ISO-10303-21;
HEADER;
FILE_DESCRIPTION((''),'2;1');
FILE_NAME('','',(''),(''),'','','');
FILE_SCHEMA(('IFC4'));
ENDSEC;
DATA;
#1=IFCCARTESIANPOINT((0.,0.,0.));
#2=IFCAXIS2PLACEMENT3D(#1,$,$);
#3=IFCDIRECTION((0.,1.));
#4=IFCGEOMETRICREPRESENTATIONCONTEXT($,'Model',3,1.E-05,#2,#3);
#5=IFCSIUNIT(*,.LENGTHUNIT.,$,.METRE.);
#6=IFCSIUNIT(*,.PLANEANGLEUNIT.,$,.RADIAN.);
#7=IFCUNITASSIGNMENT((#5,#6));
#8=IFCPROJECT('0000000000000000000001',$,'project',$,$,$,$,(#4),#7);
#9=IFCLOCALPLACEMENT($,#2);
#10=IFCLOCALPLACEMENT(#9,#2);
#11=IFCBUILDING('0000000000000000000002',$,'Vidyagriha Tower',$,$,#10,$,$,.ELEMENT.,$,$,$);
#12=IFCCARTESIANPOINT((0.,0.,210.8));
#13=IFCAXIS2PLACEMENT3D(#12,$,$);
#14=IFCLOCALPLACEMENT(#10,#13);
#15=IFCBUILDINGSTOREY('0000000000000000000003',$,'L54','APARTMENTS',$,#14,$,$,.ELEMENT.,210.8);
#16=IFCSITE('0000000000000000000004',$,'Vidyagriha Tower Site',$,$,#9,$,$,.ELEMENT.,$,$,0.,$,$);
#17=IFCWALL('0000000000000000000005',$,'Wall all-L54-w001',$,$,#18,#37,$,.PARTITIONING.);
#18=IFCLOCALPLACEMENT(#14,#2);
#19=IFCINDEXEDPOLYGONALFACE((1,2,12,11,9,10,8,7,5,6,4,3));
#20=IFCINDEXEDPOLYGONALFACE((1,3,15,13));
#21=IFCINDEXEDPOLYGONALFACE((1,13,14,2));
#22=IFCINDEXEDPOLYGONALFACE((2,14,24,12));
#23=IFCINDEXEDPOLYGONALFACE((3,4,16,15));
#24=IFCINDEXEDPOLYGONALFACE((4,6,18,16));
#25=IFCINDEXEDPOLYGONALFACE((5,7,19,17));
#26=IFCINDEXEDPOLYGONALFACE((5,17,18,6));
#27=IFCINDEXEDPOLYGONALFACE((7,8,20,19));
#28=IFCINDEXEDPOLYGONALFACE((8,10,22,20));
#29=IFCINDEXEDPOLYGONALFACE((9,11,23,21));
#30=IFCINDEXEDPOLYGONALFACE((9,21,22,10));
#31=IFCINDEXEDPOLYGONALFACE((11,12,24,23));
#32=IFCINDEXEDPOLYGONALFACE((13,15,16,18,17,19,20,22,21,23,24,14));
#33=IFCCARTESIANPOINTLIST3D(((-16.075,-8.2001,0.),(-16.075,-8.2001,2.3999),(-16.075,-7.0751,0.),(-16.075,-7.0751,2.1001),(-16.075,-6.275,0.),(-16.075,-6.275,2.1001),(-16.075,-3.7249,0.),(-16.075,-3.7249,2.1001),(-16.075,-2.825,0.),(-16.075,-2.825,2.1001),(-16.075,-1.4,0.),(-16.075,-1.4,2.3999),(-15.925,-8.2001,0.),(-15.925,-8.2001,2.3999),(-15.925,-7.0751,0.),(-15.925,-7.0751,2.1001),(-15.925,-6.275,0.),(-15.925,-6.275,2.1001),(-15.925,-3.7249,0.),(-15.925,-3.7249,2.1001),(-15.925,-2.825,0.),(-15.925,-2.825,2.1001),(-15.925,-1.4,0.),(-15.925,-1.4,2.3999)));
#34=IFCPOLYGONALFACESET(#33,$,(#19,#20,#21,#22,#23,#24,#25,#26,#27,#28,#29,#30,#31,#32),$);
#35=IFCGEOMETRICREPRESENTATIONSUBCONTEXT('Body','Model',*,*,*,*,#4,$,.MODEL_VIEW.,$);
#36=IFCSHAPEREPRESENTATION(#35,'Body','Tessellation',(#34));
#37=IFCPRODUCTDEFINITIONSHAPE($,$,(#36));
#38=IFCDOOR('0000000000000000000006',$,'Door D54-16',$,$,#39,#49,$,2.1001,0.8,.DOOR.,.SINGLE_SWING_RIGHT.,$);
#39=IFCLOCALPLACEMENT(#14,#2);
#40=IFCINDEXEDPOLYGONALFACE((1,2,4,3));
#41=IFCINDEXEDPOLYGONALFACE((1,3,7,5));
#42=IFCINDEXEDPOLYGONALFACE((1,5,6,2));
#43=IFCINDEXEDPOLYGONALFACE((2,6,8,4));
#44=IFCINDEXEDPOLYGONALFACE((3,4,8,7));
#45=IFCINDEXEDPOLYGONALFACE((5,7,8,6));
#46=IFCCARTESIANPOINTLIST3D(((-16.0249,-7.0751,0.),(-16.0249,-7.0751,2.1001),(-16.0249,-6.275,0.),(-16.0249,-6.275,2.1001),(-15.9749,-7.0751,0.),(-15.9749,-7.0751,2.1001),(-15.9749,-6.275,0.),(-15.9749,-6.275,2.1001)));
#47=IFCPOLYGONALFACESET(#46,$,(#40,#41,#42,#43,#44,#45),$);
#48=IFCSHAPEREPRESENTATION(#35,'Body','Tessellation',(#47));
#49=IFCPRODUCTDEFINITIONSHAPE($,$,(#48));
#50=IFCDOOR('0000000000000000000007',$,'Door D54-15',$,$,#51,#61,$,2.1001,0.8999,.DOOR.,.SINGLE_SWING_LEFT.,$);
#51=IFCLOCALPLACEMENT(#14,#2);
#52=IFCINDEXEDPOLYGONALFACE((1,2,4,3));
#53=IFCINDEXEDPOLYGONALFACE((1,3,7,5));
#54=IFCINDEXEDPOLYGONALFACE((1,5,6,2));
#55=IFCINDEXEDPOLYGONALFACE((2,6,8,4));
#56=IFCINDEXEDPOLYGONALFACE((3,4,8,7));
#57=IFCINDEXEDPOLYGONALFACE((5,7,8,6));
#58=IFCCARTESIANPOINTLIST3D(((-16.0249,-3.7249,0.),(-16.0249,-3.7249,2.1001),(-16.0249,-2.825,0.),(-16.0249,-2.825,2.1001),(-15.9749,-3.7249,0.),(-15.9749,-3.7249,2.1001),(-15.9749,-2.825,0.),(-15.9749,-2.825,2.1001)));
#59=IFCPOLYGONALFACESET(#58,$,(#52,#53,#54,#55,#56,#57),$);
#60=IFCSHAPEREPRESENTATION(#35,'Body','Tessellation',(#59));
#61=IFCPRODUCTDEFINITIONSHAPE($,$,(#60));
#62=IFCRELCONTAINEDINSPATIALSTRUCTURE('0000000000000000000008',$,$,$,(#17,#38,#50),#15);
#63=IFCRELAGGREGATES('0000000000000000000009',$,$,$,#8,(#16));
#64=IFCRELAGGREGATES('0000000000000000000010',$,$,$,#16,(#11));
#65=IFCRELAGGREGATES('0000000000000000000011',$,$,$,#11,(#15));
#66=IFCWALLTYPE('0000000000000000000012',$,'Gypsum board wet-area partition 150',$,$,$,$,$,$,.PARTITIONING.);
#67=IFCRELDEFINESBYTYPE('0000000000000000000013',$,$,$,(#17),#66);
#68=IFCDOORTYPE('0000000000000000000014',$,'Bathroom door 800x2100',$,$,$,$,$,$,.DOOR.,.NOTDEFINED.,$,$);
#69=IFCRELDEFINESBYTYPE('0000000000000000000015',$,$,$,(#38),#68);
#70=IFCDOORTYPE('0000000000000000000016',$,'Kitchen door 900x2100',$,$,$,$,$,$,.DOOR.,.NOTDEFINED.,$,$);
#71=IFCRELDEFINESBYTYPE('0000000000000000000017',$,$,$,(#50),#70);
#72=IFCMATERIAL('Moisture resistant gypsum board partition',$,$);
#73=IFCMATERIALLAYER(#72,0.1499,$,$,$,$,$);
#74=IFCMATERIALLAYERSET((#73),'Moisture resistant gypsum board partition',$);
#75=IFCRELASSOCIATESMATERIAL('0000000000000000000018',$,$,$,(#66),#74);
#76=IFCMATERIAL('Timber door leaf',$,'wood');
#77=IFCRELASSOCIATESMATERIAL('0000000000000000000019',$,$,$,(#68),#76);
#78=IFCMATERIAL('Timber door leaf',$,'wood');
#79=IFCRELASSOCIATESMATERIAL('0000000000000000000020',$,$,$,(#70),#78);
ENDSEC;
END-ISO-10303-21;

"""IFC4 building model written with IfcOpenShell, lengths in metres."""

from ifc_helpers import new_model, si_unit, direction, frame, frame_2d, origin, place, context, subcontext, project, spatial, rectangle, extrude, material, layer, layer_set, type_object, element, fill, save


model = new_model("IFC4")

# Units and contexts
model_context = context("Model", 3, precision=1e-05, world=origin(), true_north=direction((0.0, 1.0)))
body_context = subcontext(model_context, "Body", "Model", "MODEL_VIEW")
ifc_project = project(units=[si_unit("LENGTHUNIT", "METRE"), si_unit("PLANEANGLEUNIT", "RADIAN")], contexts=[model_context])

# Site, building, storey
site_placement = place(None, origin())
site = spatial("IfcSite", under=ifc_project, at=site_placement, Name="Vidyagriha Tower Site", CompositionType="ELEMENT", RefElevation=0.0)
building_placement = place(site_placement, origin())
building = spatial("IfcBuilding", under=site, at=building_placement, Name="Vidyagriha Tower", CompositionType="ELEMENT")
storey_placement = place(building_placement, frame((0.0, 0.0, 210.8)))
storey = spatial("IfcBuildingStorey", under=building, at=storey_placement, Name="L54", Description="APARTMENTS", CompositionType="ELEMENT", Elevation=210.8)

# Wall, openings, doors
ifc_material_1 = material(Name="Moisture resistant gypsum board partition")
ifc_layer_1 = layer(ifc_material_1, 0.1499)
ifc_layer_set_1 = layer_set([ifc_layer_1], Name="Moisture resistant gypsum board partition")
wall_type_1 = type_object("IfcWallType", Name="Gypsum board wet-area partition 150", PredefinedType="PARTITIONING", material=ifc_layer_set_1)
wall_1_placement = place(storey_placement, frame((-16.0, -8.2, 0.0), z_axis=(0.0, 0.0, 1.0), x_axis=(0.0, 1.0, 0.0)))
wall_1 = element("IfcWall", 1, at=wall_1_placement, inside=storey, type_object=wall_type_1, Name="Wall all-L54-w001", PredefinedType="PARTITIONING", context=body_context, shape_type="SweptSolid", body=[
    extrude(rectangle(XDim=6.8, YDim=0.1499, at=frame_2d((3.3999, 0.0))), origin(), (0.0, 0.0, 1.0), 2.3999),
])
opening_1_placement = place(wall_1_placement, frame((4.4751, 0.0, 0.0)))
opening_1 = element("IfcOpeningElement", 2, at=opening_1_placement, cuts=wall_1, PredefinedType="OPENING", context=body_context, shape_type="SweptSolid", body=[
    extrude(rectangle(XDim=0.8999, YDim=2.1001, at=frame_2d((0.45, 1.05))), frame((0.0, 0.085, 0.0), z_axis=(0.0, -1.0, 0.0), x_axis=(1.0, 0.0, 0.0)), (0.0, 0.0, 1.0), 0.1699),
])
opening_2_placement = place(wall_1_placement, frame((1.125, 0.0, 0.0)))
opening_2 = element("IfcOpeningElement", 3, at=opening_2_placement, cuts=wall_1, PredefinedType="OPENING", context=body_context, shape_type="SweptSolid", body=[
    extrude(rectangle(XDim=0.8, YDim=2.1001, at=frame_2d((0.3999, 1.05))), frame((0.0, 0.085, 0.0), z_axis=(0.0, -1.0, 0.0), x_axis=(1.0, 0.0, 0.0)), (0.0, 0.0, 1.0), 0.1699),
])
ifc_material_2 = material(Name="Timber door leaf", Category="wood")
door_type_1 = type_object("IfcDoorType", Name="Bathroom door 800x2100", OperationType="NOTDEFINED", PredefinedType="DOOR", material=ifc_material_2)
door_1_placement = place(opening_2_placement, origin())
door_1 = element("IfcDoor", 4, at=door_1_placement, inside=storey, type_object=door_type_1, Name="Door D54-16", OperationType="SINGLE_SWING_RIGHT", OverallHeight=2.1001, OverallWidth=0.8, PredefinedType="DOOR", context=body_context, shape_type="SweptSolid", body=[
    extrude(rectangle(XDim=0.8, YDim=2.1001, at=frame_2d((0.3999, 1.05))), frame((0.0, 0.0249, 0.0), z_axis=(0.0, -1.0, 0.0), x_axis=(1.0, 0.0, 0.0)), (0.0, 0.0, 1.0), 0.05),
])
fill(opening_2, door_1)
ifc_material_3 = material(Name="Timber door leaf", Category="wood")
door_type_2 = type_object("IfcDoorType", Name="Kitchen door 900x2100", OperationType="NOTDEFINED", PredefinedType="DOOR", material=ifc_material_3)
door_2_placement = place(opening_1_placement, origin())
door_2 = element("IfcDoor", 5, at=door_2_placement, inside=storey, type_object=door_type_2, Name="Door D54-15", OperationType="SINGLE_SWING_LEFT", OverallHeight=2.1001, OverallWidth=0.8999, PredefinedType="DOOR", context=body_context, shape_type="SweptSolid", body=[
    extrude(rectangle(XDim=0.8999, YDim=2.1001, at=frame_2d((0.45, 1.05))), frame((0.0, 0.0249, 0.0), z_axis=(0.0, -1.0, 0.0), x_axis=(1.0, 0.0, 0.0)), (0.0, 0.0, 1.0), 0.05),
])
fill(opening_1, door_2)

save(model, "model.ifc")
